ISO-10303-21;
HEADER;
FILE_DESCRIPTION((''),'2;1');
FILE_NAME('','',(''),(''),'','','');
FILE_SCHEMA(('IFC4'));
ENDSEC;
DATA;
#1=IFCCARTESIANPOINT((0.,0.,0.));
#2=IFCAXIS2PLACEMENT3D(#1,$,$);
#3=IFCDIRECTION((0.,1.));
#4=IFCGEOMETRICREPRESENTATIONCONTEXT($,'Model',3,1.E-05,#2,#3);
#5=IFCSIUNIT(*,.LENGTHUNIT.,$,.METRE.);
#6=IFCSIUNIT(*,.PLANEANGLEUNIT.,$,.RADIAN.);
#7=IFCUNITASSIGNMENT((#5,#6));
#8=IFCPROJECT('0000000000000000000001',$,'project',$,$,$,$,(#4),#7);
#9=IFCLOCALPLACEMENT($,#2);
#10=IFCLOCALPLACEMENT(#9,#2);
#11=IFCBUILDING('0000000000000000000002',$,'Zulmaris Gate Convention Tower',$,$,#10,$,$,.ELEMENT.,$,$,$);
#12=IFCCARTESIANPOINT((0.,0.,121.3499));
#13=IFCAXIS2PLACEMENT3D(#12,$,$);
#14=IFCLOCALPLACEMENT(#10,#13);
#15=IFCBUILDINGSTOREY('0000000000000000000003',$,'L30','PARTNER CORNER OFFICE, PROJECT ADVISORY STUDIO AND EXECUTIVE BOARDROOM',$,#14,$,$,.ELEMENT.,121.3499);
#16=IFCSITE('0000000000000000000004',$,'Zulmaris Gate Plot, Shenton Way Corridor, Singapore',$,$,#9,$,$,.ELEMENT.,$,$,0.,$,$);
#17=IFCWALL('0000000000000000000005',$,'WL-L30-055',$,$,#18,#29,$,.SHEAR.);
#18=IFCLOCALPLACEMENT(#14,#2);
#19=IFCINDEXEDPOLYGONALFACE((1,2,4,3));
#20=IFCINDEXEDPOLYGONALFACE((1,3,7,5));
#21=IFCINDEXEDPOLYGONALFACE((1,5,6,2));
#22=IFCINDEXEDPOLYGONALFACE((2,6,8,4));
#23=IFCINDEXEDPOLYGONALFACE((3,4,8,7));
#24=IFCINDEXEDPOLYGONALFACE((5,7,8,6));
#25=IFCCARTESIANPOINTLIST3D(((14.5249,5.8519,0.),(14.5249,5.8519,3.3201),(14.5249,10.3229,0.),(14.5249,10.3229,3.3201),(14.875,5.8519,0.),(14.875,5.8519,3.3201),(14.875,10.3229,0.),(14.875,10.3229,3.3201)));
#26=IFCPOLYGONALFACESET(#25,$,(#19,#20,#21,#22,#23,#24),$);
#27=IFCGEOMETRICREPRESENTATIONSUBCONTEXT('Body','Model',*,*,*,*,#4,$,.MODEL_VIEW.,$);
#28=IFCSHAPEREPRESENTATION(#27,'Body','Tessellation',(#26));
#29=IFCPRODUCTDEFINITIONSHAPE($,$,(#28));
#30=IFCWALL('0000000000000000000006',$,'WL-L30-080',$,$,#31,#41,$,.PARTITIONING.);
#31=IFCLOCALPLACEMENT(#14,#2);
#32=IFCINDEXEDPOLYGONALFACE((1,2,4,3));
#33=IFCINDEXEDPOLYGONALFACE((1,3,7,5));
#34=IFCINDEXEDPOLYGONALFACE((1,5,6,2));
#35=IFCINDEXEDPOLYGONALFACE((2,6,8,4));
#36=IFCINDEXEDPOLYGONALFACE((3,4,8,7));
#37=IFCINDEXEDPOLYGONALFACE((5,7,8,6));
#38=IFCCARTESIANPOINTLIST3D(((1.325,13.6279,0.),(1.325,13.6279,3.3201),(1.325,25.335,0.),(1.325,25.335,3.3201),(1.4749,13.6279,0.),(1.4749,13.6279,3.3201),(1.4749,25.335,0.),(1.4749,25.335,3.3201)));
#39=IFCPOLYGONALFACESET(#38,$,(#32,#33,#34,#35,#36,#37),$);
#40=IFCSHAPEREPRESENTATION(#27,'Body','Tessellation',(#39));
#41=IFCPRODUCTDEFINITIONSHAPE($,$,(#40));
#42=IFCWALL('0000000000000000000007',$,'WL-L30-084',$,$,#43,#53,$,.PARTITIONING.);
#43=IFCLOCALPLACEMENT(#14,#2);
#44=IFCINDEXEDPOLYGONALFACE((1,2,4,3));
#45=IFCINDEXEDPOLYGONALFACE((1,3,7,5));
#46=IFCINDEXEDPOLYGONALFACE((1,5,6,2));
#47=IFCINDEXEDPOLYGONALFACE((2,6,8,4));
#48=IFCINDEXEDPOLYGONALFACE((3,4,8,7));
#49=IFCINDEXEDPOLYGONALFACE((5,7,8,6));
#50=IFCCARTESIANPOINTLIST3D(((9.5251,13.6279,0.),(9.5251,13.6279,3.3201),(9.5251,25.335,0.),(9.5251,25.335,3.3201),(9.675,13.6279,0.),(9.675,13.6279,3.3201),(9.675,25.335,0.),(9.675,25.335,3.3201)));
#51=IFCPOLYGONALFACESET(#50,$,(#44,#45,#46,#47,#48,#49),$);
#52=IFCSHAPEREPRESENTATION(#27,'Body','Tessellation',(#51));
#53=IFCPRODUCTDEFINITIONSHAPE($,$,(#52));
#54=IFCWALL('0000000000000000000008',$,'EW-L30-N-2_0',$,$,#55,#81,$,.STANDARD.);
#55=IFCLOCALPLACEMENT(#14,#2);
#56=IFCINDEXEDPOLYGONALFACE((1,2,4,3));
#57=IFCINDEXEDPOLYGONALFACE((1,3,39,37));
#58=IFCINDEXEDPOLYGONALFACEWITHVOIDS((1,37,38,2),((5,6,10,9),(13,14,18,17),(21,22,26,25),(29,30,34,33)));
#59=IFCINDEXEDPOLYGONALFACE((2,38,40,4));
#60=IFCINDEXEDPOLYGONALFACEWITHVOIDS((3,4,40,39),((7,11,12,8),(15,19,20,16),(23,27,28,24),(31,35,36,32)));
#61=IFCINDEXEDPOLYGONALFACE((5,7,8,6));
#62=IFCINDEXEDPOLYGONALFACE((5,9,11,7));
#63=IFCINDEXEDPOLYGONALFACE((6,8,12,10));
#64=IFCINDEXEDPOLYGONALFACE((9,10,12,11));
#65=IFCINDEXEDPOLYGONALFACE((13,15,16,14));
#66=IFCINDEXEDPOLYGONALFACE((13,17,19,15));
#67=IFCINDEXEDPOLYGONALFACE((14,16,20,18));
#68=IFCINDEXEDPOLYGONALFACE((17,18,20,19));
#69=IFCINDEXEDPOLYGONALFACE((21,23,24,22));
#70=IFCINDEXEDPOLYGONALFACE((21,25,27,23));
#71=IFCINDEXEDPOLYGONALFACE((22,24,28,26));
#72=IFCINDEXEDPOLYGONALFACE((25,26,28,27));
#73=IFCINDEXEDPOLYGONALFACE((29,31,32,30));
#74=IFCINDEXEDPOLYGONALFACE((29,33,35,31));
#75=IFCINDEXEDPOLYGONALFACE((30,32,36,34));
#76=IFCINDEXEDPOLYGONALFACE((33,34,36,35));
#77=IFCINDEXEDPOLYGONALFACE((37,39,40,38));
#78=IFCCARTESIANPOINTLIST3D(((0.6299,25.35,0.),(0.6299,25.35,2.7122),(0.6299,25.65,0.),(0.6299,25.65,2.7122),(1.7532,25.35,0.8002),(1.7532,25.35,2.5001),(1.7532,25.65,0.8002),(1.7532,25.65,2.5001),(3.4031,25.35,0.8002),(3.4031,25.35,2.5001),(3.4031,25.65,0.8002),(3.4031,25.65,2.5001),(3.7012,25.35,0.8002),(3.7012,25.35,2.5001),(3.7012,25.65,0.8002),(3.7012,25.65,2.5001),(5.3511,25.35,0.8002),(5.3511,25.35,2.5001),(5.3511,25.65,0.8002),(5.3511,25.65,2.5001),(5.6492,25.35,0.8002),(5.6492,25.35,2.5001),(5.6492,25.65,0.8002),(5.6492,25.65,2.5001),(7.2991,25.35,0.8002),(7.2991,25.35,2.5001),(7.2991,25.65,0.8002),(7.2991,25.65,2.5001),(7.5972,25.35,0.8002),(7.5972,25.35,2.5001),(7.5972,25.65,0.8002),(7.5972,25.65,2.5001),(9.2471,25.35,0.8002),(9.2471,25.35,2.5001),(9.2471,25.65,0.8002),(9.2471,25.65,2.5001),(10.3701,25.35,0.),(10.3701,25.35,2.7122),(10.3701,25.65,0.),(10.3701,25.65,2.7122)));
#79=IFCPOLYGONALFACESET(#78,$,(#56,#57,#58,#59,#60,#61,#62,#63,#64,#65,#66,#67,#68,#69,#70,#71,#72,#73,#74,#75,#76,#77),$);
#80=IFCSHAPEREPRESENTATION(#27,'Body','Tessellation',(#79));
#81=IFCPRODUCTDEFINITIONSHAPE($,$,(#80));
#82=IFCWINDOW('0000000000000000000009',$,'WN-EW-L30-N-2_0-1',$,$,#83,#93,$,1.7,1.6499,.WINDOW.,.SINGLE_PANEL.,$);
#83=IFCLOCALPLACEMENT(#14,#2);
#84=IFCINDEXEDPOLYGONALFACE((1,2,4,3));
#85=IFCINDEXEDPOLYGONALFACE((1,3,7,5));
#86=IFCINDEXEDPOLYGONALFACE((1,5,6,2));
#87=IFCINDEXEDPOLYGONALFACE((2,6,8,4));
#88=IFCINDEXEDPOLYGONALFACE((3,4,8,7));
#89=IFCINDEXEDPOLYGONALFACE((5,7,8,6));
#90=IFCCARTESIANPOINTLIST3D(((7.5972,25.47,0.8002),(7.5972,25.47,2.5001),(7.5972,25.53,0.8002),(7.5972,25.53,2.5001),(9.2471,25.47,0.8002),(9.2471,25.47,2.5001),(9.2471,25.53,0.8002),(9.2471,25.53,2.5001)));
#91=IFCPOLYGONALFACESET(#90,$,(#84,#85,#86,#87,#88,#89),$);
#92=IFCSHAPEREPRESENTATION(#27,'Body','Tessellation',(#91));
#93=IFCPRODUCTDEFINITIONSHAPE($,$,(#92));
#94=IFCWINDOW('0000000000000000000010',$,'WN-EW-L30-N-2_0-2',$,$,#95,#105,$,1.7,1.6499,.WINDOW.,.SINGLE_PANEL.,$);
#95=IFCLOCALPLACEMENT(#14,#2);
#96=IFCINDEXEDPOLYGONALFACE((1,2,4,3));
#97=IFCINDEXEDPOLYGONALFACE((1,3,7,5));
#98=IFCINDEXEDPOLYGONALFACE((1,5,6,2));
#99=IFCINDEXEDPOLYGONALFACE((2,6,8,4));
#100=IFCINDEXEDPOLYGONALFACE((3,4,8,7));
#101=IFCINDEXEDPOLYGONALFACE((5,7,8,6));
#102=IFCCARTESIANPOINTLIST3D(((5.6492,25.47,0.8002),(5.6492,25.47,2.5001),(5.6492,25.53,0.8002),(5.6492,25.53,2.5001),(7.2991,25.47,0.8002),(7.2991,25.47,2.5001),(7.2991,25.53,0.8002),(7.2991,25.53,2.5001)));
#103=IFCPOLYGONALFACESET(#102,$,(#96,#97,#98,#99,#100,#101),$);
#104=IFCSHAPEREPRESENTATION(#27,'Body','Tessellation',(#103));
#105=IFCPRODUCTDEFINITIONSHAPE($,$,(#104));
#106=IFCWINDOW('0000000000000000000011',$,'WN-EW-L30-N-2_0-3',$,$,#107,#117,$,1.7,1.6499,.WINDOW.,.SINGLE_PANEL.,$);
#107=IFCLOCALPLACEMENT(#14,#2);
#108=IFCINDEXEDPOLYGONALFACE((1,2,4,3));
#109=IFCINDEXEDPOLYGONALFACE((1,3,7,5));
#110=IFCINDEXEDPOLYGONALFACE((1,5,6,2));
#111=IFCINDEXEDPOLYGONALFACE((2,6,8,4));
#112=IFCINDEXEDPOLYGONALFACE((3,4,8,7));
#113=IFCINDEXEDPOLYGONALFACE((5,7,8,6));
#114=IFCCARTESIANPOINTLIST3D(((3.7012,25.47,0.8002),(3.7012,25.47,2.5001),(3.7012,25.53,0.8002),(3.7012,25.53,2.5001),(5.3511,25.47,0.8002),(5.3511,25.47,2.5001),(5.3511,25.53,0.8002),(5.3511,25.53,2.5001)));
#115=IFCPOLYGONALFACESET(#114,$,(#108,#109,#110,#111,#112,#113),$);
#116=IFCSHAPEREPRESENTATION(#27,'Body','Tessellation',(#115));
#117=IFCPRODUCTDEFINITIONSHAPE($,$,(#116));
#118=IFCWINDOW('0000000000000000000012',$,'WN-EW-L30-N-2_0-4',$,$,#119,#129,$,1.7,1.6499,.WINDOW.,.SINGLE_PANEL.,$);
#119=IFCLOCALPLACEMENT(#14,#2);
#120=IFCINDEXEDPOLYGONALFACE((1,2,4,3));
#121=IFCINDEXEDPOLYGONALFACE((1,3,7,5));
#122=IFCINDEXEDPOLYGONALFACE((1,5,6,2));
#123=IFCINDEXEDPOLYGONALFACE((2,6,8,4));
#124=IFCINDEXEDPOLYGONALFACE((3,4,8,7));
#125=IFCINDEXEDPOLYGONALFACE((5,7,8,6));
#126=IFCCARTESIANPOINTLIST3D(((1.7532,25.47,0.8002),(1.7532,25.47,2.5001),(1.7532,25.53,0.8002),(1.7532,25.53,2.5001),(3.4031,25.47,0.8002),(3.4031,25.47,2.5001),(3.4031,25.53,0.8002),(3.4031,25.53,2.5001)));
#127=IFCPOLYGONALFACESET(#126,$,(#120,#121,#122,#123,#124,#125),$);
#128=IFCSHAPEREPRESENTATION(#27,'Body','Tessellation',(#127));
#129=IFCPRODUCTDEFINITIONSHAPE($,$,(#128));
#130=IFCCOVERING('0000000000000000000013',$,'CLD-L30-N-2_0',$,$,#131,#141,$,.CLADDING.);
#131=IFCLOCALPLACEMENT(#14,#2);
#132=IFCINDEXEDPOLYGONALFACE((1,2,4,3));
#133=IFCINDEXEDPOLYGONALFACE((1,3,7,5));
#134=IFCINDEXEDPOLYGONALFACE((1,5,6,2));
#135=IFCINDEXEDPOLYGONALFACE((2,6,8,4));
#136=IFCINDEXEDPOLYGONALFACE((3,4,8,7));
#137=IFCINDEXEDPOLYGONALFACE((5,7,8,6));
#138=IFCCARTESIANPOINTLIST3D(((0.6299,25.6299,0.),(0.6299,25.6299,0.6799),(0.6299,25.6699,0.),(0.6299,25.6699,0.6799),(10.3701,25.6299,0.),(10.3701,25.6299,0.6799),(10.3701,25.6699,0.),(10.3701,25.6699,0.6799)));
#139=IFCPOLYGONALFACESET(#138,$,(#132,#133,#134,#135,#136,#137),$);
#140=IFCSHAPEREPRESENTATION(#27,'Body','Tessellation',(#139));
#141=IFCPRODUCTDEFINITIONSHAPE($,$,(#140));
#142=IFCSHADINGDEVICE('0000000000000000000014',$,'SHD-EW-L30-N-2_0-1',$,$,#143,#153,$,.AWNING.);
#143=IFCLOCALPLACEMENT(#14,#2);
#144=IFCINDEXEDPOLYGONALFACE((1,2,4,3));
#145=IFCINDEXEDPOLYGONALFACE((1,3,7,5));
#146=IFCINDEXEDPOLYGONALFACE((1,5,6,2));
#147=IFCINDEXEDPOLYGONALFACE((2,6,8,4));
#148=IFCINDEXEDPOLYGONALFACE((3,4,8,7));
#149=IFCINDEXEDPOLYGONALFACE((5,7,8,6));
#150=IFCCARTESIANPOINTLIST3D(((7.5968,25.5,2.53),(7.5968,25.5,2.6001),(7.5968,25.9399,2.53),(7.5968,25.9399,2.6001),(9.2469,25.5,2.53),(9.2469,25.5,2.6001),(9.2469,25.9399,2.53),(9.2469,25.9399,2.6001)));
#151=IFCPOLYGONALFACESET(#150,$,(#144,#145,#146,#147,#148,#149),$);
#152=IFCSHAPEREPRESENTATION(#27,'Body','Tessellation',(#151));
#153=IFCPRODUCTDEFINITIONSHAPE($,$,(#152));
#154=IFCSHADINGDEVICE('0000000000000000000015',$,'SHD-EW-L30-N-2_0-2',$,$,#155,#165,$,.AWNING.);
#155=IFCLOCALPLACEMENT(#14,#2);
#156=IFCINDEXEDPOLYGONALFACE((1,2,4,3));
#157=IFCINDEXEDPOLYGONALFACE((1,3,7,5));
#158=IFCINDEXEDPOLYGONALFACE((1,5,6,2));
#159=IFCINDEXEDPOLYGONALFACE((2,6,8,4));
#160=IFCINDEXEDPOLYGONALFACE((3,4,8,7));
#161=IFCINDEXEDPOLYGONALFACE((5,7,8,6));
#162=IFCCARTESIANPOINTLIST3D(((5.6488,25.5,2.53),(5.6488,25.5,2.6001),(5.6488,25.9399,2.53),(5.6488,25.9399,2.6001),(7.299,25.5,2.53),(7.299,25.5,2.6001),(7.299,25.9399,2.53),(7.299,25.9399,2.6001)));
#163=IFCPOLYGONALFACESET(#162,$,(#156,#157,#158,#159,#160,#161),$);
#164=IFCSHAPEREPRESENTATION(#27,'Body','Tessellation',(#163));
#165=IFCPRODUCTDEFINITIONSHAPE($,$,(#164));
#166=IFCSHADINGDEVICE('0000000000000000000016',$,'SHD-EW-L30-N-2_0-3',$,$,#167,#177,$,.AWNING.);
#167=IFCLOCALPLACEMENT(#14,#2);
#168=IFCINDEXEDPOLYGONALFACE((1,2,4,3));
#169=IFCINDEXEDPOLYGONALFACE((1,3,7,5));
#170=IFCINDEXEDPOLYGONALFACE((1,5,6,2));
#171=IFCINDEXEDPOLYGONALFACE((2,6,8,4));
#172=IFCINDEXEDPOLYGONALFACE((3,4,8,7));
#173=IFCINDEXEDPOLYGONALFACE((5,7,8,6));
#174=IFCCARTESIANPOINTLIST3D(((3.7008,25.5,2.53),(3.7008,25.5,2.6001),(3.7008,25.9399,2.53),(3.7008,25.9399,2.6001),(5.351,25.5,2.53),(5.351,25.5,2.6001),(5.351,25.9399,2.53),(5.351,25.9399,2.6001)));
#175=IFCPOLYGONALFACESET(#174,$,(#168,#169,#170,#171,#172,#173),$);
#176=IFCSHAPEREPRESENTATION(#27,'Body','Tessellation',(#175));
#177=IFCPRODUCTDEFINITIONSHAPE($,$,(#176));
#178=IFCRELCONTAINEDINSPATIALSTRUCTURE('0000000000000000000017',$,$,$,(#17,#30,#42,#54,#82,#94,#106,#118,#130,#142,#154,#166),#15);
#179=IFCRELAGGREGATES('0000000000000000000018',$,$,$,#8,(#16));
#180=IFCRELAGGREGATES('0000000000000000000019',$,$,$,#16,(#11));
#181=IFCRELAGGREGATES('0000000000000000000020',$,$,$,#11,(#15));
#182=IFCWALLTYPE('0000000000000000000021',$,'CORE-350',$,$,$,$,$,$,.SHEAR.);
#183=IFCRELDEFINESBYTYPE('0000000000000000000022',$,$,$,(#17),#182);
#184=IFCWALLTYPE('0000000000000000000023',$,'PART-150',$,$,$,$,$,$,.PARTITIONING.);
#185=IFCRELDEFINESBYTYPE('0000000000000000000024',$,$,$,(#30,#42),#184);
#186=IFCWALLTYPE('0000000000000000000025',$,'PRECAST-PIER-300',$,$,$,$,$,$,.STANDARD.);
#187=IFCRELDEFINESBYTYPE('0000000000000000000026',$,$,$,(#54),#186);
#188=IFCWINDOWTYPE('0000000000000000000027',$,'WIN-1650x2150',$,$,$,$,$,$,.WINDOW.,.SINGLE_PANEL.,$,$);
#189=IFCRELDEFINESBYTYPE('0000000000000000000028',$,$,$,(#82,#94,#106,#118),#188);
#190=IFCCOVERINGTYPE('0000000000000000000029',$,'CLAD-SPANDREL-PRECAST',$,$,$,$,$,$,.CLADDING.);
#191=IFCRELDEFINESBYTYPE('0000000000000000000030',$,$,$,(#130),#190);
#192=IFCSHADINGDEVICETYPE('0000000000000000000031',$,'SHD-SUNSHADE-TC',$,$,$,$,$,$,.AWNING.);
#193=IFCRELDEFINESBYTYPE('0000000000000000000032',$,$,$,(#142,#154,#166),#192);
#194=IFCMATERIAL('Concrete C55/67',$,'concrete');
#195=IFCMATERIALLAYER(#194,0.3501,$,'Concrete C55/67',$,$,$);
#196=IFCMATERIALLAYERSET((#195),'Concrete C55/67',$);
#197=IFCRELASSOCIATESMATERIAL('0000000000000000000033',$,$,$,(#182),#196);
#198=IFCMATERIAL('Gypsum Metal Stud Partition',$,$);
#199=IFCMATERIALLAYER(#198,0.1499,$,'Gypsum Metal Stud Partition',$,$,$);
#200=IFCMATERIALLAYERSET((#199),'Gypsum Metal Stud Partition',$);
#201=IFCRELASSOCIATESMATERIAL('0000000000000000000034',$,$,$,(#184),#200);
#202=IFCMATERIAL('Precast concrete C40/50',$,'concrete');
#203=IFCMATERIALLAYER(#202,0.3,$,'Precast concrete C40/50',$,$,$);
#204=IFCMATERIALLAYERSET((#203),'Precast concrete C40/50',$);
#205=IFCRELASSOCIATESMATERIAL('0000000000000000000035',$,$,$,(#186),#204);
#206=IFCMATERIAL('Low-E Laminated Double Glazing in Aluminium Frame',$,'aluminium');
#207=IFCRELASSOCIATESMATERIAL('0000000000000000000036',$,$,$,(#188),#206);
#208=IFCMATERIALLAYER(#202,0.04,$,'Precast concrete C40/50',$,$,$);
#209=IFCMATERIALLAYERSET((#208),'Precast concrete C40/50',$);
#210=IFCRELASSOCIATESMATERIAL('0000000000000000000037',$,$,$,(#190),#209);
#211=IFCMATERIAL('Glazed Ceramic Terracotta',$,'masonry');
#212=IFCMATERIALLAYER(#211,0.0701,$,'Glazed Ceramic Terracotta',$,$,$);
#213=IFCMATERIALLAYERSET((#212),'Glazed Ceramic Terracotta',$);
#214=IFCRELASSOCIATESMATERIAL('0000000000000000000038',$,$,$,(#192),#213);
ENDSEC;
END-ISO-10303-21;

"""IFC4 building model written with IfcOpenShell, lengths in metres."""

from ifc_helpers import new_model, si_unit, direction, frame, frame_2d, origin, place, context, subcontext, project, spatial, rectangle, extrude, material, layer, layer_set, type_object, element, fill, save


model = new_model("IFC4")

# Units and contexts
model_context = context("Model", 3, precision=1e-05, world=origin(), true_north=direction((0.0, 1.0)))
body_context = subcontext(model_context, "Body", "Model", "MODEL_VIEW")
ifc_project = project(units=[si_unit("LENGTHUNIT", "METRE"), si_unit("PLANEANGLEUNIT", "RADIAN")], contexts=[model_context])

# Site, building, storey
site_placement = place(None, origin())
site = spatial("IfcSite", under=ifc_project, at=site_placement, Name="Zulmaris Gate Plot, Shenton Way Corridor, Singapore", CompositionType="ELEMENT", RefElevation=0.0)
building_placement = place(site_placement, origin())
building = spatial("IfcBuilding", under=site, at=building_placement, Name="Zulmaris Gate Convention Tower", CompositionType="ELEMENT")
storey_placement = place(building_placement, frame((0.0, 0.0, 121.3499)))
storey = spatial("IfcBuildingStorey", under=building, at=storey_placement, Name="L30", Description="PARTNER CORNER OFFICE, PROJECT ADVISORY STUDIO AND EXECUTIVE BOARDROOM", CompositionType="ELEMENT", Elevation=121.3499)

# Shared definitions
ifc_material_1 = material(Name="Concrete C55/67", Category="concrete")
ifc_layer_1 = layer(ifc_material_1, 0.3501, Name="Concrete C55/67")
ifc_layer_set_1 = layer_set([ifc_layer_1], Name="Concrete C55/67")
wall_type_1 = type_object("IfcWallType", Name="CORE-350", PredefinedType="SHEAR", material=ifc_layer_set_1)

# Walls
wall_1_placement = place(storey_placement, frame((14.7, 5.8521, 0.0), z_axis=(0.0, 0.0, 1.0), x_axis=(0.0, 1.0, 0.0)))
element("IfcWall", 1, at=wall_1_placement, inside=storey, type_object=wall_type_1, Name="WL-L30-055", PredefinedType="SHEAR", context=body_context, shape_type="SweptSolid", body=[
    extrude(rectangle(XDim=4.4709, YDim=0.3501, at=frame_2d((2.2354, 0.0))), origin(), (0.0, 0.0, 1.0), 3.3201),
])
ifc_material_2 = material(Name="Gypsum Metal Stud Partition")
ifc_layer_2 = layer(ifc_material_2, 0.1499, Name="Gypsum Metal Stud Partition")
ifc_layer_set_2 = layer_set([ifc_layer_2], Name="Gypsum Metal Stud Partition")
wall_type_2 = type_object("IfcWallType", Name="PART-150", PredefinedType="PARTITIONING", material=ifc_layer_set_2)
for number, where, z_axis, x_axis, name in (
    (2, (1.3999, 13.6279, 0.0), (0.0, 0.0, 1.0), (0.0, 1.0, 0.0), "WL-L30-080"),
    (3, (9.6001, 13.6279, 0.0), (0.0, 0.0, 1.0), (0.0, 1.0, 0.0), "WL-L30-084"),
):
    element("IfcWall", number, at=place(storey_placement, frame(where, z_axis=z_axis, x_axis=x_axis)), inside=storey, type_object=wall_type_2, Name=name, PredefinedType="PARTITIONING", context=body_context, shape_type="SweptSolid", body=[
        extrude(rectangle(XDim=11.707, YDim=0.1499, at=frame_2d((5.8535, 0.0))), origin(), (0.0, 0.0, 1.0), 3.3201),
    ])

# Wall, openings, windows
ifc_material_3 = material(Name="Precast concrete C40/50", Category="concrete")
ifc_layer_3 = layer(ifc_material_3, 0.3, Name="Precast concrete C40/50")
ifc_layer_set_3 = layer_set([ifc_layer_3], Name="Precast concrete C40/50")
wall_type_3 = type_object("IfcWallType", Name="PRECAST-PIER-300", PredefinedType="STANDARD", material=ifc_layer_set_3)
wall_2_placement = place(storey_placement, frame((10.3701, 25.5, 0.0), z_axis=(0.0, 0.0, 1.0), x_axis=(-1.0, 0.0, 0.0)))
wall_2 = element("IfcWall", 4, at=wall_2_placement, inside=storey, type_object=wall_type_3, Name="EW-L30-N-2_0", PredefinedType="STANDARD", context=body_context, shape_type="SweptSolid", body=[
    extrude(rectangle(XDim=9.7402, YDim=0.3, at=frame_2d((4.8701, 0.0))), origin(), (0.0, 0.0, 1.0), 2.7122),
])
opening_1_placement = place(wall_2_placement, frame((1.123, 0.0, 0.8)))
opening_1 = element("IfcOpeningElement", 5, at=opening_1_placement, cuts=wall_2, PredefinedType="OPENING", context=body_context, shape_type="SweptSolid", body=[
    extrude(rectangle(XDim=1.6499, YDim=1.7, at=frame_2d((0.825, 0.8501))), frame((0.0, 0.1602, 0.0), z_axis=(0.0, -1.0, 0.0), x_axis=(1.0, 0.0, 0.0)), (0.0, 0.0, 1.0), 0.3201),
])
opening_2_placement = place(wall_2_placement, frame((3.071, 0.0, 0.8)))
opening_2 = element("IfcOpeningElement", 6, at=opening_2_placement, cuts=wall_2, PredefinedType="OPENING", context=body_context, shape_type="SweptSolid", body=[
    extrude(rectangle(XDim=1.6499, YDim=1.7, at=frame_2d((0.825, 0.8501))), frame((0.0, 0.1602, 0.0), z_axis=(0.0, -1.0, 0.0), x_axis=(1.0, 0.0, 0.0)), (0.0, 0.0, 1.0), 0.3201),
])
opening_3_placement = place(wall_2_placement, frame((5.019, 0.0, 0.8)))
opening_3 = element("IfcOpeningElement", 7, at=opening_3_placement, cuts=wall_2, PredefinedType="OPENING", context=body_context, shape_type="SweptSolid", body=[
    extrude(rectangle(XDim=1.6499, YDim=1.7, at=frame_2d((0.825, 0.8501))), frame((0.0, 0.1602, 0.0), z_axis=(0.0, -1.0, 0.0), x_axis=(1.0, 0.0, 0.0)), (0.0, 0.0, 1.0), 0.3201),
])
opening_4_placement = place(wall_2_placement, frame((6.967, 0.0, 0.8)))
opening_4 = element("IfcOpeningElement", 8, at=opening_4_placement, cuts=wall_2, PredefinedType="OPENING", context=body_context, shape_type="SweptSolid", body=[
    extrude(rectangle(XDim=1.6499, YDim=1.7, at=frame_2d((0.825, 0.8501))), frame((0.0, 0.1602, 0.0), z_axis=(0.0, -1.0, 0.0), x_axis=(1.0, 0.0, 0.0)), (0.0, 0.0, 1.0), 0.3201),
])
ifc_material_4 = material(Name="Low-E Laminated Double Glazing in Aluminium Frame", Category="aluminium")
window_type = type_object("IfcWindowType", Name="WIN-1650x2150", PartitioningType="SINGLE_PANEL", PredefinedType="WINDOW", material=ifc_material_4)
window_1_placement = place(opening_1_placement, origin())
window_1 = element("IfcWindow", 9, at=window_1_placement, inside=storey, type_object=window_type, Name="WN-EW-L30-N-2_0-1", OverallHeight=1.7, OverallWidth=1.6499, PartitioningType="SINGLE_PANEL", PredefinedType="WINDOW", context=body_context, shape_type="SweptSolid", body=[
    extrude(rectangle(XDim=1.6499, YDim=1.7, at=frame_2d((0.825, 0.8501))), frame((0.0, 0.03, 0.0), z_axis=(0.0, -1.0, 0.0), x_axis=(1.0, 0.0, 0.0)), (0.0, 0.0, 1.0), 0.0601),
])
fill(opening_1, window_1)
window_2_placement = place(opening_2_placement, origin())
window_2 = element("IfcWindow", 10, at=window_2_placement, inside=storey, type_object=window_type, Name="WN-EW-L30-N-2_0-2", OverallHeight=1.7, OverallWidth=1.6499, PartitioningType="SINGLE_PANEL", PredefinedType="WINDOW", context=body_context, shape_type="SweptSolid", body=[
    extrude(rectangle(XDim=1.6499, YDim=1.7, at=frame_2d((0.825, 0.8501))), frame((0.0, 0.03, 0.0), z_axis=(0.0, -1.0, 0.0), x_axis=(1.0, 0.0, 0.0)), (0.0, 0.0, 1.0), 0.0601),
])
fill(opening_2, window_2)
window_3_placement = place(opening_3_placement, origin())
window_3 = element("IfcWindow", 11, at=window_3_placement, inside=storey, type_object=window_type, Name="WN-EW-L30-N-2_0-3", OverallHeight=1.7, OverallWidth=1.6499, PartitioningType="SINGLE_PANEL", PredefinedType="WINDOW", context=body_context, shape_type="SweptSolid", body=[
    extrude(rectangle(XDim=1.6499, YDim=1.7, at=frame_2d((0.825, 0.8501))), frame((0.0, 0.03, 0.0), z_axis=(0.0, -1.0, 0.0), x_axis=(1.0, 0.0, 0.0)), (0.0, 0.0, 1.0), 0.0601),
])
fill(opening_3, window_3)
window_4_placement = place(opening_4_placement, origin())
window_4 = element("IfcWindow", 12, at=window_4_placement, inside=storey, type_object=window_type, Name="WN-EW-L30-N-2_0-4", OverallHeight=1.7, OverallWidth=1.6499, PartitioningType="SINGLE_PANEL", PredefinedType="WINDOW", context=body_context, shape_type="SweptSolid", body=[
    extrude(rectangle(XDim=1.6499, YDim=1.7, at=frame_2d((0.825, 0.8501))), frame((0.0, 0.03, 0.0), z_axis=(0.0, -1.0, 0.0), x_axis=(1.0, 0.0, 0.0)), (0.0, 0.0, 1.0), 0.0601),
])
fill(opening_4, window_4)

# Covering
ifc_layer_4 = layer(ifc_material_3, 0.04, Name="Precast concrete C40/50")
ifc_layer_set_4 = layer_set([ifc_layer_4], Name="Precast concrete C40/50")
covering_type = type_object("IfcCoveringType", Name="CLAD-SPANDREL-PRECAST", PredefinedType="CLADDING", material=ifc_layer_set_4)
covering_placement = place(storey_placement, frame((10.3701, 25.6499, 0.0), z_axis=(0.0, 0.0, 1.0), x_axis=(-1.0, 0.0, 0.0)))
element("IfcCovering", 13, at=covering_placement, inside=storey, type_object=covering_type, Name="CLD-L30-N-2_0", PredefinedType="CLADDING", context=body_context, shape_type="SweptSolid", body=[
    extrude(rectangle(XDim=9.7402, YDim=0.04, at=frame_2d((4.8701, 0.0))), origin(), (0.0, 0.0, 1.0), 0.6799),
])

# Shading devices
ifc_material_5 = material(Name="Glazed Ceramic Terracotta", Category="masonry")
ifc_layer_5 = layer(ifc_material_5, 0.0701, Name="Glazed Ceramic Terracotta")
ifc_layer_set_5 = layer_set([ifc_layer_5], Name="Glazed Ceramic Terracotta")
shading_device_type = type_object("IfcShadingDeviceType", Name="SHD-SUNSHADE-TC", PredefinedType="AWNING", material=ifc_layer_set_5)
for number, where, z_axis, x_axis, name in (
    (14, (9.2471, 25.72, 2.53), (0.0, 0.0, 1.0), (-1.0, 0.0, 0.0), "SHD-EW-L30-N-2_0-1"),
    (15, (7.2991, 25.72, 2.53), (0.0, 0.0, 1.0), (-1.0, 0.0, 0.0), "SHD-EW-L30-N-2_0-2"),
    (16, (5.3511, 25.72, 2.53), (0.0, 0.0, 1.0), (-1.0, 0.0, 0.0), "SHD-EW-L30-N-2_0-3"),
):
    element("IfcShadingDevice", number, at=place(storey_placement, frame(where, z_axis=z_axis, x_axis=x_axis)), inside=storey, type_object=shading_device_type, Name=name, PredefinedType="AWNING", context=body_context, shape_type="SweptSolid", body=[
        extrude(rectangle(XDim=1.6501, YDim=0.4399, at=frame_2d((0.8252, 0.0))), origin(), (0.0, 0.0, 1.0), 0.0701),
    ])

save(model, "model.ifc")
